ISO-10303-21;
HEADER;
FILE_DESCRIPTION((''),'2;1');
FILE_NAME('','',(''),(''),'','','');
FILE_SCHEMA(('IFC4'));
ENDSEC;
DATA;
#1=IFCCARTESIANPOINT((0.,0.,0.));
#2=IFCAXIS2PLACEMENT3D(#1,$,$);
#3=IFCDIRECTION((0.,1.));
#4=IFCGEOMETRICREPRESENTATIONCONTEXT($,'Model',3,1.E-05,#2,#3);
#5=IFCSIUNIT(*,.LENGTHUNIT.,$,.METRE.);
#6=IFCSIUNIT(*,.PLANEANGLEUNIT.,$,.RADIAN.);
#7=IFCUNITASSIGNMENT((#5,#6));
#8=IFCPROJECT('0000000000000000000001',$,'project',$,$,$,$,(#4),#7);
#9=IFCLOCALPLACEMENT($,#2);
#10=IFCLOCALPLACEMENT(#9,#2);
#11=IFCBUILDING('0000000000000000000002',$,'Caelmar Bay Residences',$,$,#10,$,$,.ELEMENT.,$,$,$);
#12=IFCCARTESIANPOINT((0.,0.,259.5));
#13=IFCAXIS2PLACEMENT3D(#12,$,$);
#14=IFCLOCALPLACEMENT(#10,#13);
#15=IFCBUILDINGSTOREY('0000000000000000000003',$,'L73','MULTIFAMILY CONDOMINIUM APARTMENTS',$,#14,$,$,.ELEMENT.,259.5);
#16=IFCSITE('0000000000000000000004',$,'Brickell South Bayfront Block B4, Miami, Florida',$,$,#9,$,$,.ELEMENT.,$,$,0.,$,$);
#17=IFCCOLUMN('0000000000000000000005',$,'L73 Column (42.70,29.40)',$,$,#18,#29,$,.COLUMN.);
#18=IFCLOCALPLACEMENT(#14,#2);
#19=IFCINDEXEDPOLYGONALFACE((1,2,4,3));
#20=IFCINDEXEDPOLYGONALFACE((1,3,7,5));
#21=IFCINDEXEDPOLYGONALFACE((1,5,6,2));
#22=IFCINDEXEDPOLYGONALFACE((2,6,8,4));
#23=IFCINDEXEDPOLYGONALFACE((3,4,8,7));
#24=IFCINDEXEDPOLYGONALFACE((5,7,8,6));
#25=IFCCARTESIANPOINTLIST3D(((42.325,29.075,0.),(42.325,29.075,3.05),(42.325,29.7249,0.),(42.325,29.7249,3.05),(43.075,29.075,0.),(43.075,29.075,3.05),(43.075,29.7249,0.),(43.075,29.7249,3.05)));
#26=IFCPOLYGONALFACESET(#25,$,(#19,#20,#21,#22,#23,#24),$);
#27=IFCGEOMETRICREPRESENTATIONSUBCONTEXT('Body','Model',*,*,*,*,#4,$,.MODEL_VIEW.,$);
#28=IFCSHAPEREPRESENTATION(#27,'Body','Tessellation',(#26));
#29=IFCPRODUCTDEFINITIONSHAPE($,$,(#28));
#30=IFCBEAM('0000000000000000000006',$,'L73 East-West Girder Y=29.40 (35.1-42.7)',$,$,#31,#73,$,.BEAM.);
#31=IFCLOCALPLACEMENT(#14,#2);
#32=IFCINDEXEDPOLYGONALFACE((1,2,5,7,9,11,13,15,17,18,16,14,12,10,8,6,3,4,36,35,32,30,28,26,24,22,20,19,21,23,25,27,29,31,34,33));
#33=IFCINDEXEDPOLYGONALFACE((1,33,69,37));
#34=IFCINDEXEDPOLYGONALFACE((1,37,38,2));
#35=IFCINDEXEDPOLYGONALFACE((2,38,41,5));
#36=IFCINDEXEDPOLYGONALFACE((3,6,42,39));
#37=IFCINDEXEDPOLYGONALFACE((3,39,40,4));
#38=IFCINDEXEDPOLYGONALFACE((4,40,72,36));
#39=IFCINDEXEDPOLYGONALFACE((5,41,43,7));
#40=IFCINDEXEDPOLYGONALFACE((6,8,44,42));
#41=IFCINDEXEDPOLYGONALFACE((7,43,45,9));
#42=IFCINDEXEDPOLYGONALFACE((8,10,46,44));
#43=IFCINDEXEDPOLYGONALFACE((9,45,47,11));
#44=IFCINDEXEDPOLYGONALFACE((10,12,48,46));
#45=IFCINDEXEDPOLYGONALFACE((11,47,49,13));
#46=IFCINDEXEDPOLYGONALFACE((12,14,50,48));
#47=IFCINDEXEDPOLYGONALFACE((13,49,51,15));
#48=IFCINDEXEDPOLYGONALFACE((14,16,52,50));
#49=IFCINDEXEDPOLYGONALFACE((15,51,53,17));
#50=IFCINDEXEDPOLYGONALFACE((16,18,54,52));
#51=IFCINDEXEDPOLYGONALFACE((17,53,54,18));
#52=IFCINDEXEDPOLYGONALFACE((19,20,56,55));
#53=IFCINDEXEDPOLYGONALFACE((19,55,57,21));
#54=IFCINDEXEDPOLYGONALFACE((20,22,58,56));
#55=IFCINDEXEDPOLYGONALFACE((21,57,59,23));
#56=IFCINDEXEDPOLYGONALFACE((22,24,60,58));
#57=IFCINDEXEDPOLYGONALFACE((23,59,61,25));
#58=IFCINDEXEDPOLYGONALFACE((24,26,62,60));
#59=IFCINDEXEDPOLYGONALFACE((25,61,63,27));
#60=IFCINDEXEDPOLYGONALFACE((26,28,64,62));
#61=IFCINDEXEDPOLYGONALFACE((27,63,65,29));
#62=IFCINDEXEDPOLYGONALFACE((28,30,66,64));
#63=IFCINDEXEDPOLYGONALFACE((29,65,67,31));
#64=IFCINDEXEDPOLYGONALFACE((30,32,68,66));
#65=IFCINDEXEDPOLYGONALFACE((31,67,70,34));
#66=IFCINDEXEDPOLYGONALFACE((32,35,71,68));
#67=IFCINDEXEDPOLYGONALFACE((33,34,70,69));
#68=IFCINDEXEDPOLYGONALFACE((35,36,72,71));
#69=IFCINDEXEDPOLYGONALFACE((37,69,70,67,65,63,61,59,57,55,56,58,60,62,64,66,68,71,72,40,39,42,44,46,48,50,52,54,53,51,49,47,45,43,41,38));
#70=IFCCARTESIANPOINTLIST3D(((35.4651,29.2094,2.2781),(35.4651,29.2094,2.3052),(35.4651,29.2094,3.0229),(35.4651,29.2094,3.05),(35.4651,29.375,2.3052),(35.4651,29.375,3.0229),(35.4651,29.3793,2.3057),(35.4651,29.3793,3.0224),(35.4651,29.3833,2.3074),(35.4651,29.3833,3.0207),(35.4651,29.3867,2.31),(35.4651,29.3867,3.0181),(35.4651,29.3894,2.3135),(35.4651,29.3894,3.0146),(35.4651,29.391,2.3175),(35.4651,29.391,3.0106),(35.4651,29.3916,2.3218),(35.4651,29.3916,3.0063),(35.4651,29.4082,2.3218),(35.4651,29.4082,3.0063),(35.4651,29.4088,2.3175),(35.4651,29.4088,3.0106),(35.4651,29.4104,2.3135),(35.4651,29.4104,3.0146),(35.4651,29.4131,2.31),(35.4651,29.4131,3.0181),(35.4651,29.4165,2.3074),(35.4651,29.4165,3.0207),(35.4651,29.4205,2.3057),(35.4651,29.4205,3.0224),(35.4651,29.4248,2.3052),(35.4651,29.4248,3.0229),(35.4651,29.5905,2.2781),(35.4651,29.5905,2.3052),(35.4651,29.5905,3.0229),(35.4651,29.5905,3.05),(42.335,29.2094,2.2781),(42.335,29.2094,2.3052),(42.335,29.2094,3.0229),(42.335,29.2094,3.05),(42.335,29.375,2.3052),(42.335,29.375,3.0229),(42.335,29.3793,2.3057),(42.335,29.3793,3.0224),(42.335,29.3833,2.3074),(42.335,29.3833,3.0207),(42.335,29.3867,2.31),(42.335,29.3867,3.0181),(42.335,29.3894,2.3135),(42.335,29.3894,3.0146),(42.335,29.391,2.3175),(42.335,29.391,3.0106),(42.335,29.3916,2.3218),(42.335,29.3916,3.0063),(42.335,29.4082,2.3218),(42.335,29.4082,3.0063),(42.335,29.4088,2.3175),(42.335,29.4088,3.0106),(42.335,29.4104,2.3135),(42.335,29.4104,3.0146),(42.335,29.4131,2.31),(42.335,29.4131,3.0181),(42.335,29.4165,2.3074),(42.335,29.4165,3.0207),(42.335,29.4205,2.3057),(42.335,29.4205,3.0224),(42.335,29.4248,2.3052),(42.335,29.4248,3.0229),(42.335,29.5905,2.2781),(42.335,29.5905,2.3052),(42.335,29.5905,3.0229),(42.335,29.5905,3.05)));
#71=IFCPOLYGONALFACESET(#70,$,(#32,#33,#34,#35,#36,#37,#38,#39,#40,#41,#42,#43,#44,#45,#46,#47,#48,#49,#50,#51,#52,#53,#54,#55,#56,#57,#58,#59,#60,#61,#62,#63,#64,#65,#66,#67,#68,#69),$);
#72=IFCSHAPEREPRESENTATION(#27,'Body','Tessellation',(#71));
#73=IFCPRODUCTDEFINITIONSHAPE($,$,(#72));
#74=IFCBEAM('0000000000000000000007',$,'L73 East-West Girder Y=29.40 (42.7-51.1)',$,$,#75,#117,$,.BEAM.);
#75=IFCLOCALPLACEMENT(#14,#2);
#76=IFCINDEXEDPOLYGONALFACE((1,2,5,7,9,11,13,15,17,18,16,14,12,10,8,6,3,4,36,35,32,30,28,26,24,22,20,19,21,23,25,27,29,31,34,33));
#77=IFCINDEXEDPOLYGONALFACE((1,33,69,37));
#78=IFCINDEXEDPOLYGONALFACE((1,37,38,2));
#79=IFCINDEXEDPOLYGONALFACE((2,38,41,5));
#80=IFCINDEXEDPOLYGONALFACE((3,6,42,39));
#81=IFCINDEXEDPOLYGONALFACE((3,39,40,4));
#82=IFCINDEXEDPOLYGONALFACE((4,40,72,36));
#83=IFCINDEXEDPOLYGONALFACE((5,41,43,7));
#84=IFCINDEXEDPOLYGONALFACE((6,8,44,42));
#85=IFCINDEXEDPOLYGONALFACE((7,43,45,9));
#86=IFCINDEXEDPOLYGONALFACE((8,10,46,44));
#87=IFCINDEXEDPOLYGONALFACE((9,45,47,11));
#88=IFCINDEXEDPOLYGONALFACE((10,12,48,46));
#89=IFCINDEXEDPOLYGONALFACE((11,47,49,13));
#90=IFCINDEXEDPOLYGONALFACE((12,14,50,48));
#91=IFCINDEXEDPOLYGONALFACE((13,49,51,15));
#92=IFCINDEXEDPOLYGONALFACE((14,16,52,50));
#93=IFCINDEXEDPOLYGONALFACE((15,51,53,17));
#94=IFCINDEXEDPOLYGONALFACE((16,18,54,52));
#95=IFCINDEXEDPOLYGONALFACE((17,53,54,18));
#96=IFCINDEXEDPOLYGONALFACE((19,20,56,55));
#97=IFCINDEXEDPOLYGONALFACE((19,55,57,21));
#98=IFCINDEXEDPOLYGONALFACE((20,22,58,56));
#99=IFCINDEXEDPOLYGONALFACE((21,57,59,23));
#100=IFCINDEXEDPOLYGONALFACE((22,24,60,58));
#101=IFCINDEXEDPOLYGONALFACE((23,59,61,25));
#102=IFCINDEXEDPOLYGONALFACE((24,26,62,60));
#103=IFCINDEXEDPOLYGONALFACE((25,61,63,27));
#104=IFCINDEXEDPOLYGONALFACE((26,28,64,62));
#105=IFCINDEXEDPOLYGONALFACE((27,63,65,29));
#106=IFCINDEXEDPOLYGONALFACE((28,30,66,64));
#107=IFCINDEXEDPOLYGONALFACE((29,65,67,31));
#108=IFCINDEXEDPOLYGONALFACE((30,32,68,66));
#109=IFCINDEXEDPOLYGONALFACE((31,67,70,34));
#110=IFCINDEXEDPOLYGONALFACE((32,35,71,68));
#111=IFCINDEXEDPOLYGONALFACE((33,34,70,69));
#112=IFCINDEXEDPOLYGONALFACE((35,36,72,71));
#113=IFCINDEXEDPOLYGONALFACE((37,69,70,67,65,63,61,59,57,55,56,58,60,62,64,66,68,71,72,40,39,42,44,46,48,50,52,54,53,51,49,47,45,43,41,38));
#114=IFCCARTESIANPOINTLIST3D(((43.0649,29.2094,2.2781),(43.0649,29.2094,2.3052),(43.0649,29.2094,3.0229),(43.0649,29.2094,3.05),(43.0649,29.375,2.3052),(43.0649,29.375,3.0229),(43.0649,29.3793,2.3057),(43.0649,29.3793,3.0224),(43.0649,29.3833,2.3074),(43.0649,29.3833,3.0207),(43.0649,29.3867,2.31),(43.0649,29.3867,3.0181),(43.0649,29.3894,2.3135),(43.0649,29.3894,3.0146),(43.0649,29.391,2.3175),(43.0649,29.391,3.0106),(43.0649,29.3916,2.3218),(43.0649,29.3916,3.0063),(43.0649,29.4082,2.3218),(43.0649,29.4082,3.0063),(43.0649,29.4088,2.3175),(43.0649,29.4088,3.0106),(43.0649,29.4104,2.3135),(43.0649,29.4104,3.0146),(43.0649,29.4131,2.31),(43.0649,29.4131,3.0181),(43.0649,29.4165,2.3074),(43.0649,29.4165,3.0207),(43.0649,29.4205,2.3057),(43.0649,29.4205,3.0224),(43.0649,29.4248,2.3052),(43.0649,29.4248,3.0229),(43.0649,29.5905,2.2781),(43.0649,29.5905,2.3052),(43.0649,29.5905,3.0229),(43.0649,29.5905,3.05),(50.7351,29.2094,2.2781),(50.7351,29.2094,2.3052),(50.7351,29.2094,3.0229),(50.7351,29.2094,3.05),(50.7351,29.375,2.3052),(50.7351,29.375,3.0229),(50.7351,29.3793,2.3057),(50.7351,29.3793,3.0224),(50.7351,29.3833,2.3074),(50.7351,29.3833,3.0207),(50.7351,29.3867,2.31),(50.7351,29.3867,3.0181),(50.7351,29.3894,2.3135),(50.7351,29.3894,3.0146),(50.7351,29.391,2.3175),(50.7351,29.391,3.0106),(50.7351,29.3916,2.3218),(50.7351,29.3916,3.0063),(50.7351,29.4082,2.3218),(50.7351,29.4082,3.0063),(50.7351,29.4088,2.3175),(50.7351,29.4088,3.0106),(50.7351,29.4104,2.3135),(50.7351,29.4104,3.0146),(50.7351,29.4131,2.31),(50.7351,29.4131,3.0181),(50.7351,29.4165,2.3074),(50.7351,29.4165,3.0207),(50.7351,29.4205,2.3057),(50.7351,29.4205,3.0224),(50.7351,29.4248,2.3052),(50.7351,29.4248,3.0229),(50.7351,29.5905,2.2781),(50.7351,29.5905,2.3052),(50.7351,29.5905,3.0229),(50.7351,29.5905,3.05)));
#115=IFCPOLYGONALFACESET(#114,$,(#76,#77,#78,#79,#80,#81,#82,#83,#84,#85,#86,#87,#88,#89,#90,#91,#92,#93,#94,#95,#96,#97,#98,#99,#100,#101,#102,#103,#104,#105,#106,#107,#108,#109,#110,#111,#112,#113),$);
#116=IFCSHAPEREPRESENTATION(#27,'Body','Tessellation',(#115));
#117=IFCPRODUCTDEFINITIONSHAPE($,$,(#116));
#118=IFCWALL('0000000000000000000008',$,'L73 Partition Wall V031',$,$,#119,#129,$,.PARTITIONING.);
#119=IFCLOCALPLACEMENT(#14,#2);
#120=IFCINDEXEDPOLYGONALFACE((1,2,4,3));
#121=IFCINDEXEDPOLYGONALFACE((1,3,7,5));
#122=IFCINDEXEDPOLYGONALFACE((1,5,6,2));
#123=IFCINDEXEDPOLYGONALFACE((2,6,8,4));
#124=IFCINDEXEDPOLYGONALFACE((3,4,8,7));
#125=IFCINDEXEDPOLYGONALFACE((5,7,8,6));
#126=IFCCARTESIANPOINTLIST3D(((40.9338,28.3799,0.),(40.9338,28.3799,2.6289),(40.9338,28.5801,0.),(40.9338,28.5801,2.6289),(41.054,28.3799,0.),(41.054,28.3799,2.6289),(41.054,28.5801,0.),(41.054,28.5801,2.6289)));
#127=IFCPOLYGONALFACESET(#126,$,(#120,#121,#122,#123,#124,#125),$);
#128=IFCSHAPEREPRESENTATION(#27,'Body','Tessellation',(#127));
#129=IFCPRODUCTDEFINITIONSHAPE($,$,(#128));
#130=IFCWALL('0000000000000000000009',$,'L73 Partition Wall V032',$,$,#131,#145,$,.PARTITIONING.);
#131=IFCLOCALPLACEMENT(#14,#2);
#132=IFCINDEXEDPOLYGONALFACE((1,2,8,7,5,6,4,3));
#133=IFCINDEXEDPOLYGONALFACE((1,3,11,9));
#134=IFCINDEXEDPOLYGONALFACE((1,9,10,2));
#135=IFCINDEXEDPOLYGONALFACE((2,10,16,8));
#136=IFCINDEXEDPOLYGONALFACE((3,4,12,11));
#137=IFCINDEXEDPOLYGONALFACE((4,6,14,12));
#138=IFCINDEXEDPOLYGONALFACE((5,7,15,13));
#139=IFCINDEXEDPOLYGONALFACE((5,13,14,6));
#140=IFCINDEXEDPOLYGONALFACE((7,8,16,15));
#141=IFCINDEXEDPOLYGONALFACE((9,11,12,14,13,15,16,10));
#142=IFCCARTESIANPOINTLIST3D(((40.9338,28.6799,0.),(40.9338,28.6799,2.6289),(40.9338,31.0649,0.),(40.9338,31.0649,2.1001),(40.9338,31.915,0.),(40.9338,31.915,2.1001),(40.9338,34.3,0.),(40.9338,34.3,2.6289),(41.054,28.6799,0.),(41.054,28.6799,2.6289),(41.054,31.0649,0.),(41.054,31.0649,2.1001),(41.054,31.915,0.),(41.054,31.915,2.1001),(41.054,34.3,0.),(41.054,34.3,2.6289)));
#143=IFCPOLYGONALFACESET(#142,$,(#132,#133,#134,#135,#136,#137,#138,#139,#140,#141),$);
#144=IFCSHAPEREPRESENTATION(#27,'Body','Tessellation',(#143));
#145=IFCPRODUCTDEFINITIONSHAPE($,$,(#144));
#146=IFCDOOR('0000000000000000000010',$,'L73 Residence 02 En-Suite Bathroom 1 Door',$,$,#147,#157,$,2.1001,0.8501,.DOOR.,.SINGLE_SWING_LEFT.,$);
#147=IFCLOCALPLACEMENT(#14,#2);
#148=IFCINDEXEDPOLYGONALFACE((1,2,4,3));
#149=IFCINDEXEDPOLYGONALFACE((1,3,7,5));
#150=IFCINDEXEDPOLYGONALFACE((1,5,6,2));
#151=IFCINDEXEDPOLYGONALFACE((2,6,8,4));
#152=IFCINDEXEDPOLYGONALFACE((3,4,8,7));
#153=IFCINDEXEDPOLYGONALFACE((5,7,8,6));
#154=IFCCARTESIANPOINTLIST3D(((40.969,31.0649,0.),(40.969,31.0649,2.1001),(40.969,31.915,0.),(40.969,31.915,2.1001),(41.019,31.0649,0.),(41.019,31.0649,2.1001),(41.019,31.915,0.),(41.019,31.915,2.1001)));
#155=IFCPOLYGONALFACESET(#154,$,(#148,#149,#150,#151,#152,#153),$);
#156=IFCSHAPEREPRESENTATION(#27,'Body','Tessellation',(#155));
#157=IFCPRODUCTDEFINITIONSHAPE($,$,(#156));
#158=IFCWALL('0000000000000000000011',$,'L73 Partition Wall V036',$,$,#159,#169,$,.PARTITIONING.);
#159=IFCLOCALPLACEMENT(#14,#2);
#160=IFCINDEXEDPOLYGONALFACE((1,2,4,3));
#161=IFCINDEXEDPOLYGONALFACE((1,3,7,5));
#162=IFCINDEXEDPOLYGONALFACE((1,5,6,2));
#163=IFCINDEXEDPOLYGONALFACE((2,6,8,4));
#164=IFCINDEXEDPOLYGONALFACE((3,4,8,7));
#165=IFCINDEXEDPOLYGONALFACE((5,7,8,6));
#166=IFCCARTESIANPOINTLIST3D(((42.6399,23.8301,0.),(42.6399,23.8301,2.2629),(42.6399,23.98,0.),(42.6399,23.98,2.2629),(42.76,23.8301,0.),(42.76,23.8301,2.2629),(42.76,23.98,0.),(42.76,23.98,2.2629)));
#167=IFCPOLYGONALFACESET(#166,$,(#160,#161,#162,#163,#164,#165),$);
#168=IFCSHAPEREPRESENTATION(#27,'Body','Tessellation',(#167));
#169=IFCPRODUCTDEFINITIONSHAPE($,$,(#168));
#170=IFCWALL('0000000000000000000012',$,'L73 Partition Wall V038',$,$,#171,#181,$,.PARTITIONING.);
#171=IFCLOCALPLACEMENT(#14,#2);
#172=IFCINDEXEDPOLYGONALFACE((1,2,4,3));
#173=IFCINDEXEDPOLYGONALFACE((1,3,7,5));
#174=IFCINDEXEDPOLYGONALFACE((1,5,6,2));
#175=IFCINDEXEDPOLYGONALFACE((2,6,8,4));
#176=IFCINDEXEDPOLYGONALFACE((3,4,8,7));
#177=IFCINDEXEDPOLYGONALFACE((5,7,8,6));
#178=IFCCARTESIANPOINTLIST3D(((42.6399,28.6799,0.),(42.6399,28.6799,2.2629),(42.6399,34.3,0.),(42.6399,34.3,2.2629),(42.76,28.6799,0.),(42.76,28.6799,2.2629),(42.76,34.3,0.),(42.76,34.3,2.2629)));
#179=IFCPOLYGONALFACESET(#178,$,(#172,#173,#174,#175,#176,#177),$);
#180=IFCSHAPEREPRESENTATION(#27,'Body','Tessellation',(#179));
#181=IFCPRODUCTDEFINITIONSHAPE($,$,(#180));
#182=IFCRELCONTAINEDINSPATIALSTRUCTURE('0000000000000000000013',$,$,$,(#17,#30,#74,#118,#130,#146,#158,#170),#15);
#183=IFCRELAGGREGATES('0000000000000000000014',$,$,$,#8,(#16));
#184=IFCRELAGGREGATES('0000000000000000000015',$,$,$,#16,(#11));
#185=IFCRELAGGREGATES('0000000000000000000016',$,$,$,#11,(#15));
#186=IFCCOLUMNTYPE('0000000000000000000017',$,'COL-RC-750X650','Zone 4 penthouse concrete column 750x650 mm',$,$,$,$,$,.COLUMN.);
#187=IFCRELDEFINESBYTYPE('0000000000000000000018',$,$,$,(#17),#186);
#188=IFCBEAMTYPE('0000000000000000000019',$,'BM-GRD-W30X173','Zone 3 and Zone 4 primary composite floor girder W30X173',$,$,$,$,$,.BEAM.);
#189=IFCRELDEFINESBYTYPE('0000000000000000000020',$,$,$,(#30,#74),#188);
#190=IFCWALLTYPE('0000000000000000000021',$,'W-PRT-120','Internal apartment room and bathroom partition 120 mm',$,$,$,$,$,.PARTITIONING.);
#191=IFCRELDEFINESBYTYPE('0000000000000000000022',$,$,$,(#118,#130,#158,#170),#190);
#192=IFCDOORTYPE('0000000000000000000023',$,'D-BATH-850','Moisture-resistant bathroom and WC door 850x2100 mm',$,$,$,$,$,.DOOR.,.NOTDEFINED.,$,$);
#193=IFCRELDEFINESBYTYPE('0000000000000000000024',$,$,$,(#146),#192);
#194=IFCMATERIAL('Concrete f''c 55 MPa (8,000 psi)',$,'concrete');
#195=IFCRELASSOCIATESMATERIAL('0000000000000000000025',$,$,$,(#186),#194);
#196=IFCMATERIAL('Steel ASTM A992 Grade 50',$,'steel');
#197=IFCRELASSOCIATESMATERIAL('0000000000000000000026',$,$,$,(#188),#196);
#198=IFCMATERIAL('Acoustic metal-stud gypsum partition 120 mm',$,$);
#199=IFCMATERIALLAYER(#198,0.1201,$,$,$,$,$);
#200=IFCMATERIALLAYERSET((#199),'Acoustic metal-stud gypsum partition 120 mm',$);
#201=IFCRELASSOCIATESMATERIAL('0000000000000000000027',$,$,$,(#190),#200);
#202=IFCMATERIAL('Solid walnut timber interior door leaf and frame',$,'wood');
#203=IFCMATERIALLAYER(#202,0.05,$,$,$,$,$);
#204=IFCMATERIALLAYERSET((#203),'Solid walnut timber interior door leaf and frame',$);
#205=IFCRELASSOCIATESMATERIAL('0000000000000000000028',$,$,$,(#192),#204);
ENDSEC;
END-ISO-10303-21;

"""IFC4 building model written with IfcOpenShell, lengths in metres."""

from ifc_helpers import new_model, si_unit, direction, frame, frame_2d, origin, origin_2d, place, context, subcontext, project, spatial, rectangle, i_section, extrude, material, layer, layer_set, material_profile, profile_set, type_object, element, fill, save


model = new_model("IFC4")

# Units and contexts
model_context = context("Model", 3, precision=1e-05, world=origin(), true_north=direction((0.0, 1.0)))
body_context = subcontext(model_context, "Body", "Model", "MODEL_VIEW")
ifc_project = project(units=[si_unit("LENGTHUNIT", "METRE"), si_unit("PLANEANGLEUNIT", "RADIAN")], contexts=[model_context])

# Site, building, storey
site_placement = place(None, origin())
site = spatial("IfcSite", under=ifc_project, at=site_placement, Name="Brickell South Bayfront Block B4, Miami, Florida", CompositionType="ELEMENT", RefElevation=0.0)
building_placement = place(site_placement, origin())
building = spatial("IfcBuilding", under=site, at=building_placement, Name="Caelmar Bay Residences", CompositionType="ELEMENT")
storey_placement = place(building_placement, frame((0.0, 0.0, 259.5)))
storey = spatial("IfcBuildingStorey", under=building, at=storey_placement, Name="L73", Description="MULTIFAMILY CONDOMINIUM APARTMENTS", CompositionType="ELEMENT", Elevation=259.5)

# Column
ifc_material_1 = material(Name="Concrete f'c 55 MPa (8,000 psi)", Category="concrete")
ifc_material_profile_1 = material_profile(ifc_material_1, rectangle(XDim=0.75, YDim=0.6499, at=origin_2d()), Name="RC-COL-750X650")
ifc_profile_set_1 = profile_set([ifc_material_profile_1], Name="Concrete f'c 55 MPa (8,000 psi)")
column_type = type_object("IfcColumnType", Name="COL-RC-750X650", Description="Zone 4 penthouse concrete column 750x650 mm", PredefinedType="COLUMN", material=ifc_profile_set_1)
column_placement = place(storey_placement, frame((42.7, 29.3999, 0.0), z_axis=(0.0, 0.0, 1.0), x_axis=(1.0, 0.0, 0.0)))
element("IfcColumn", 1, at=column_placement, inside=storey, type_object=column_type, Name="L73 Column (42.70,29.40)", PredefinedType="COLUMN", context=body_context, shape_type="SweptSolid", body=[
    extrude(rectangle(XDim=0.75, YDim=0.6499, at=origin_2d()), origin(), (0.0, 0.0, 1.0), 3.05),
])

# Beams
ifc_material_2 = material(Name="Steel ASTM A992 Grade 50", Category="steel")
ifc_material_profile_2 = material_profile(ifc_material_2, i_section(OverallWidth=0.3811, OverallDepth=0.772, WebThickness=0.0166, FlangeThickness=0.0271, FilletRadius=0.0166, at=origin_2d()), Name="W30X173")
ifc_profile_set_2 = profile_set([ifc_material_profile_2], Name="Steel ASTM A992 Grade 50")
beam_type = type_object("IfcBeamType", Name="BM-GRD-W30X173", Description="Zone 3 and Zone 4 primary composite floor girder W30X173", PredefinedType="BEAM", material=ifc_profile_set_2)
beam_1_placement = place(storey_placement, frame((35.4651, 29.3999, 2.6641), z_axis=(1.0, 0.0, 0.0), x_axis=(0.0, 1.0, 0.0)))
element("IfcBeam", 2, at=beam_1_placement, inside=storey, type_object=beam_type, Name="L73 East-West Girder Y=29.40 (35.1-42.7)", PredefinedType="BEAM", context=body_context, shape_type="SweptSolid", body=[
    extrude(i_section(OverallWidth=0.3811, OverallDepth=0.772, WebThickness=0.0166, FlangeThickness=0.0271, FilletRadius=0.0166, at=origin_2d()), origin(), (0.0, 0.0, 1.0), 6.8699),
])
beam_2_placement = place(storey_placement, frame((43.0649, 29.3999, 2.6641), z_axis=(1.0, 0.0, 0.0), x_axis=(0.0, 1.0, 0.0)))
element("IfcBeam", 3, at=beam_2_placement, inside=storey, type_object=beam_type, Name="L73 East-West Girder Y=29.40 (42.7-51.1)", PredefinedType="BEAM", context=body_context, shape_type="SweptSolid", body=[
    extrude(i_section(OverallWidth=0.3811, OverallDepth=0.772, WebThickness=0.0166, FlangeThickness=0.0271, FilletRadius=0.0166, at=origin_2d()), origin(), (0.0, 0.0, 1.0), 7.6702),
])

# Wall
ifc_material_3 = material(Name="Acoustic metal-stud gypsum partition 120 mm")
ifc_layer_1 = layer(ifc_material_3, 0.1201)
ifc_layer_set_1 = layer_set([ifc_layer_1], Name="Acoustic metal-stud gypsum partition 120 mm")
wall_type = type_object("IfcWallType", Name="W-PRT-120", Description="Internal apartment room and bathroom partition 120 mm", PredefinedType="PARTITIONING", material=ifc_layer_set_1)
wall_1_placement = place(storey_placement, frame((40.9939, 28.3799, 0.0), z_axis=(0.0, 0.0, 1.0), x_axis=(0.0, 1.0, 0.0)))
element("IfcWall", 4, at=wall_1_placement, inside=storey, type_object=wall_type, Name="L73 Partition Wall V031", PredefinedType="PARTITIONING", context=body_context, shape_type="SweptSolid", body=[
    extrude(rectangle(XDim=0.2002, YDim=0.1201, at=frame_2d((0.1001, 0.0))), origin(), (0.0, 0.0, 1.0), 2.6289),
])

# Wall, opening, door
wall_2_placement = place(storey_placement, frame((40.9939, 28.6799, 0.0), z_axis=(0.0, 0.0, 1.0), x_axis=(0.0, 1.0, 0.0)))
wall_2 = element("IfcWall", 5, at=wall_2_placement, inside=storey, type_object=wall_type, Name="L73 Partition Wall V032", PredefinedType="PARTITIONING", context=body_context, shape_type="SweptSolid", body=[
    extrude(rectangle(XDim=5.6201, YDim=0.1201, at=frame_2d((2.8101, 0.0))), origin(), (0.0, 0.0, 1.0), 2.6289),
])
opening_1_placement = place(wall_2_placement, frame((2.385, 0.0, 0.0)))
opening_1 = element("IfcOpeningElement", 6, at=opening_1_placement, cuts=wall_2, PredefinedType="OPENING", context=body_context, shape_type="SweptSolid", body=[
    extrude(rectangle(XDim=0.8501, YDim=2.1001, at=frame_2d((0.425, 1.05))), frame((0.0, 0.0701, 0.0), z_axis=(0.0, -1.0, 0.0), x_axis=(1.0, 0.0, 0.0)), (0.0, 0.0, 1.0), 0.1401),
])
ifc_material_4 = material(Name="Solid walnut timber interior door leaf and frame", Category="wood")
ifc_layer_2 = layer(ifc_material_4, 0.05)
ifc_layer_set_2 = layer_set([ifc_layer_2], Name="Solid walnut timber interior door leaf and frame")
door_type_1 = type_object("IfcDoorType", Name="D-BATH-850", Description="Moisture-resistant bathroom and WC door 850x2100 mm", OperationType="NOTDEFINED", PredefinedType="DOOR", material=ifc_layer_set_2)
door_1_placement = place(opening_1_placement, origin())
door_1 = element("IfcDoor", 7, at=door_1_placement, inside=storey, type_object=door_type_1, Name="L73 Residence 02 En-Suite Bathroom 1 Door", OperationType="SINGLE_SWING_LEFT", OverallHeight=2.1001, OverallWidth=0.8501, PredefinedType="DOOR", context=body_context, shape_type="SweptSolid", body=[
    extrude(rectangle(XDim=0.8501, YDim=2.1001, at=frame_2d((0.425, 1.05))), frame((0.0, 0.0249, 0.0), z_axis=(0.0, -1.0, 0.0), x_axis=(1.0, 0.0, 0.0)), (0.0, 0.0, 1.0), 0.05),
])
fill(opening_1, door_1)

# Wall
wall_3_placement = place(storey_placement, frame((42.7, 23.8301, 0.0), z_axis=(0.0, 0.0, 1.0), x_axis=(0.0, 1.0, 0.0)))
element("IfcWall", 8, at=wall_3_placement, inside=storey, type_object=wall_type, Name="L73 Partition Wall V036", PredefinedType="PARTITIONING", context=body_context, shape_type="SweptSolid", body=[
    extrude(rectangle(XDim=0.1499, YDim=0.1201, at=frame_2d((0.075, 0.0))), origin(), (0.0, 0.0, 1.0), 2.2629),
])

# Wall
wall_4_placement = place(storey_placement, frame((42.7, 28.6799, 0.0), z_axis=(0.0, 0.0, 1.0), x_axis=(0.0, 1.0, 0.0)))
element("IfcWall", 9, at=wall_4_placement, inside=storey, type_object=wall_type, Name="L73 Partition Wall V038", PredefinedType="PARTITIONING", context=body_context, shape_type="SweptSolid", body=[
    extrude(rectangle(XDim=5.6201, YDim=0.1201, at=frame_2d((2.8101, 0.0))), origin(), (0.0, 0.0, 1.0), 2.2629),
])

save(model, "model.ifc")
